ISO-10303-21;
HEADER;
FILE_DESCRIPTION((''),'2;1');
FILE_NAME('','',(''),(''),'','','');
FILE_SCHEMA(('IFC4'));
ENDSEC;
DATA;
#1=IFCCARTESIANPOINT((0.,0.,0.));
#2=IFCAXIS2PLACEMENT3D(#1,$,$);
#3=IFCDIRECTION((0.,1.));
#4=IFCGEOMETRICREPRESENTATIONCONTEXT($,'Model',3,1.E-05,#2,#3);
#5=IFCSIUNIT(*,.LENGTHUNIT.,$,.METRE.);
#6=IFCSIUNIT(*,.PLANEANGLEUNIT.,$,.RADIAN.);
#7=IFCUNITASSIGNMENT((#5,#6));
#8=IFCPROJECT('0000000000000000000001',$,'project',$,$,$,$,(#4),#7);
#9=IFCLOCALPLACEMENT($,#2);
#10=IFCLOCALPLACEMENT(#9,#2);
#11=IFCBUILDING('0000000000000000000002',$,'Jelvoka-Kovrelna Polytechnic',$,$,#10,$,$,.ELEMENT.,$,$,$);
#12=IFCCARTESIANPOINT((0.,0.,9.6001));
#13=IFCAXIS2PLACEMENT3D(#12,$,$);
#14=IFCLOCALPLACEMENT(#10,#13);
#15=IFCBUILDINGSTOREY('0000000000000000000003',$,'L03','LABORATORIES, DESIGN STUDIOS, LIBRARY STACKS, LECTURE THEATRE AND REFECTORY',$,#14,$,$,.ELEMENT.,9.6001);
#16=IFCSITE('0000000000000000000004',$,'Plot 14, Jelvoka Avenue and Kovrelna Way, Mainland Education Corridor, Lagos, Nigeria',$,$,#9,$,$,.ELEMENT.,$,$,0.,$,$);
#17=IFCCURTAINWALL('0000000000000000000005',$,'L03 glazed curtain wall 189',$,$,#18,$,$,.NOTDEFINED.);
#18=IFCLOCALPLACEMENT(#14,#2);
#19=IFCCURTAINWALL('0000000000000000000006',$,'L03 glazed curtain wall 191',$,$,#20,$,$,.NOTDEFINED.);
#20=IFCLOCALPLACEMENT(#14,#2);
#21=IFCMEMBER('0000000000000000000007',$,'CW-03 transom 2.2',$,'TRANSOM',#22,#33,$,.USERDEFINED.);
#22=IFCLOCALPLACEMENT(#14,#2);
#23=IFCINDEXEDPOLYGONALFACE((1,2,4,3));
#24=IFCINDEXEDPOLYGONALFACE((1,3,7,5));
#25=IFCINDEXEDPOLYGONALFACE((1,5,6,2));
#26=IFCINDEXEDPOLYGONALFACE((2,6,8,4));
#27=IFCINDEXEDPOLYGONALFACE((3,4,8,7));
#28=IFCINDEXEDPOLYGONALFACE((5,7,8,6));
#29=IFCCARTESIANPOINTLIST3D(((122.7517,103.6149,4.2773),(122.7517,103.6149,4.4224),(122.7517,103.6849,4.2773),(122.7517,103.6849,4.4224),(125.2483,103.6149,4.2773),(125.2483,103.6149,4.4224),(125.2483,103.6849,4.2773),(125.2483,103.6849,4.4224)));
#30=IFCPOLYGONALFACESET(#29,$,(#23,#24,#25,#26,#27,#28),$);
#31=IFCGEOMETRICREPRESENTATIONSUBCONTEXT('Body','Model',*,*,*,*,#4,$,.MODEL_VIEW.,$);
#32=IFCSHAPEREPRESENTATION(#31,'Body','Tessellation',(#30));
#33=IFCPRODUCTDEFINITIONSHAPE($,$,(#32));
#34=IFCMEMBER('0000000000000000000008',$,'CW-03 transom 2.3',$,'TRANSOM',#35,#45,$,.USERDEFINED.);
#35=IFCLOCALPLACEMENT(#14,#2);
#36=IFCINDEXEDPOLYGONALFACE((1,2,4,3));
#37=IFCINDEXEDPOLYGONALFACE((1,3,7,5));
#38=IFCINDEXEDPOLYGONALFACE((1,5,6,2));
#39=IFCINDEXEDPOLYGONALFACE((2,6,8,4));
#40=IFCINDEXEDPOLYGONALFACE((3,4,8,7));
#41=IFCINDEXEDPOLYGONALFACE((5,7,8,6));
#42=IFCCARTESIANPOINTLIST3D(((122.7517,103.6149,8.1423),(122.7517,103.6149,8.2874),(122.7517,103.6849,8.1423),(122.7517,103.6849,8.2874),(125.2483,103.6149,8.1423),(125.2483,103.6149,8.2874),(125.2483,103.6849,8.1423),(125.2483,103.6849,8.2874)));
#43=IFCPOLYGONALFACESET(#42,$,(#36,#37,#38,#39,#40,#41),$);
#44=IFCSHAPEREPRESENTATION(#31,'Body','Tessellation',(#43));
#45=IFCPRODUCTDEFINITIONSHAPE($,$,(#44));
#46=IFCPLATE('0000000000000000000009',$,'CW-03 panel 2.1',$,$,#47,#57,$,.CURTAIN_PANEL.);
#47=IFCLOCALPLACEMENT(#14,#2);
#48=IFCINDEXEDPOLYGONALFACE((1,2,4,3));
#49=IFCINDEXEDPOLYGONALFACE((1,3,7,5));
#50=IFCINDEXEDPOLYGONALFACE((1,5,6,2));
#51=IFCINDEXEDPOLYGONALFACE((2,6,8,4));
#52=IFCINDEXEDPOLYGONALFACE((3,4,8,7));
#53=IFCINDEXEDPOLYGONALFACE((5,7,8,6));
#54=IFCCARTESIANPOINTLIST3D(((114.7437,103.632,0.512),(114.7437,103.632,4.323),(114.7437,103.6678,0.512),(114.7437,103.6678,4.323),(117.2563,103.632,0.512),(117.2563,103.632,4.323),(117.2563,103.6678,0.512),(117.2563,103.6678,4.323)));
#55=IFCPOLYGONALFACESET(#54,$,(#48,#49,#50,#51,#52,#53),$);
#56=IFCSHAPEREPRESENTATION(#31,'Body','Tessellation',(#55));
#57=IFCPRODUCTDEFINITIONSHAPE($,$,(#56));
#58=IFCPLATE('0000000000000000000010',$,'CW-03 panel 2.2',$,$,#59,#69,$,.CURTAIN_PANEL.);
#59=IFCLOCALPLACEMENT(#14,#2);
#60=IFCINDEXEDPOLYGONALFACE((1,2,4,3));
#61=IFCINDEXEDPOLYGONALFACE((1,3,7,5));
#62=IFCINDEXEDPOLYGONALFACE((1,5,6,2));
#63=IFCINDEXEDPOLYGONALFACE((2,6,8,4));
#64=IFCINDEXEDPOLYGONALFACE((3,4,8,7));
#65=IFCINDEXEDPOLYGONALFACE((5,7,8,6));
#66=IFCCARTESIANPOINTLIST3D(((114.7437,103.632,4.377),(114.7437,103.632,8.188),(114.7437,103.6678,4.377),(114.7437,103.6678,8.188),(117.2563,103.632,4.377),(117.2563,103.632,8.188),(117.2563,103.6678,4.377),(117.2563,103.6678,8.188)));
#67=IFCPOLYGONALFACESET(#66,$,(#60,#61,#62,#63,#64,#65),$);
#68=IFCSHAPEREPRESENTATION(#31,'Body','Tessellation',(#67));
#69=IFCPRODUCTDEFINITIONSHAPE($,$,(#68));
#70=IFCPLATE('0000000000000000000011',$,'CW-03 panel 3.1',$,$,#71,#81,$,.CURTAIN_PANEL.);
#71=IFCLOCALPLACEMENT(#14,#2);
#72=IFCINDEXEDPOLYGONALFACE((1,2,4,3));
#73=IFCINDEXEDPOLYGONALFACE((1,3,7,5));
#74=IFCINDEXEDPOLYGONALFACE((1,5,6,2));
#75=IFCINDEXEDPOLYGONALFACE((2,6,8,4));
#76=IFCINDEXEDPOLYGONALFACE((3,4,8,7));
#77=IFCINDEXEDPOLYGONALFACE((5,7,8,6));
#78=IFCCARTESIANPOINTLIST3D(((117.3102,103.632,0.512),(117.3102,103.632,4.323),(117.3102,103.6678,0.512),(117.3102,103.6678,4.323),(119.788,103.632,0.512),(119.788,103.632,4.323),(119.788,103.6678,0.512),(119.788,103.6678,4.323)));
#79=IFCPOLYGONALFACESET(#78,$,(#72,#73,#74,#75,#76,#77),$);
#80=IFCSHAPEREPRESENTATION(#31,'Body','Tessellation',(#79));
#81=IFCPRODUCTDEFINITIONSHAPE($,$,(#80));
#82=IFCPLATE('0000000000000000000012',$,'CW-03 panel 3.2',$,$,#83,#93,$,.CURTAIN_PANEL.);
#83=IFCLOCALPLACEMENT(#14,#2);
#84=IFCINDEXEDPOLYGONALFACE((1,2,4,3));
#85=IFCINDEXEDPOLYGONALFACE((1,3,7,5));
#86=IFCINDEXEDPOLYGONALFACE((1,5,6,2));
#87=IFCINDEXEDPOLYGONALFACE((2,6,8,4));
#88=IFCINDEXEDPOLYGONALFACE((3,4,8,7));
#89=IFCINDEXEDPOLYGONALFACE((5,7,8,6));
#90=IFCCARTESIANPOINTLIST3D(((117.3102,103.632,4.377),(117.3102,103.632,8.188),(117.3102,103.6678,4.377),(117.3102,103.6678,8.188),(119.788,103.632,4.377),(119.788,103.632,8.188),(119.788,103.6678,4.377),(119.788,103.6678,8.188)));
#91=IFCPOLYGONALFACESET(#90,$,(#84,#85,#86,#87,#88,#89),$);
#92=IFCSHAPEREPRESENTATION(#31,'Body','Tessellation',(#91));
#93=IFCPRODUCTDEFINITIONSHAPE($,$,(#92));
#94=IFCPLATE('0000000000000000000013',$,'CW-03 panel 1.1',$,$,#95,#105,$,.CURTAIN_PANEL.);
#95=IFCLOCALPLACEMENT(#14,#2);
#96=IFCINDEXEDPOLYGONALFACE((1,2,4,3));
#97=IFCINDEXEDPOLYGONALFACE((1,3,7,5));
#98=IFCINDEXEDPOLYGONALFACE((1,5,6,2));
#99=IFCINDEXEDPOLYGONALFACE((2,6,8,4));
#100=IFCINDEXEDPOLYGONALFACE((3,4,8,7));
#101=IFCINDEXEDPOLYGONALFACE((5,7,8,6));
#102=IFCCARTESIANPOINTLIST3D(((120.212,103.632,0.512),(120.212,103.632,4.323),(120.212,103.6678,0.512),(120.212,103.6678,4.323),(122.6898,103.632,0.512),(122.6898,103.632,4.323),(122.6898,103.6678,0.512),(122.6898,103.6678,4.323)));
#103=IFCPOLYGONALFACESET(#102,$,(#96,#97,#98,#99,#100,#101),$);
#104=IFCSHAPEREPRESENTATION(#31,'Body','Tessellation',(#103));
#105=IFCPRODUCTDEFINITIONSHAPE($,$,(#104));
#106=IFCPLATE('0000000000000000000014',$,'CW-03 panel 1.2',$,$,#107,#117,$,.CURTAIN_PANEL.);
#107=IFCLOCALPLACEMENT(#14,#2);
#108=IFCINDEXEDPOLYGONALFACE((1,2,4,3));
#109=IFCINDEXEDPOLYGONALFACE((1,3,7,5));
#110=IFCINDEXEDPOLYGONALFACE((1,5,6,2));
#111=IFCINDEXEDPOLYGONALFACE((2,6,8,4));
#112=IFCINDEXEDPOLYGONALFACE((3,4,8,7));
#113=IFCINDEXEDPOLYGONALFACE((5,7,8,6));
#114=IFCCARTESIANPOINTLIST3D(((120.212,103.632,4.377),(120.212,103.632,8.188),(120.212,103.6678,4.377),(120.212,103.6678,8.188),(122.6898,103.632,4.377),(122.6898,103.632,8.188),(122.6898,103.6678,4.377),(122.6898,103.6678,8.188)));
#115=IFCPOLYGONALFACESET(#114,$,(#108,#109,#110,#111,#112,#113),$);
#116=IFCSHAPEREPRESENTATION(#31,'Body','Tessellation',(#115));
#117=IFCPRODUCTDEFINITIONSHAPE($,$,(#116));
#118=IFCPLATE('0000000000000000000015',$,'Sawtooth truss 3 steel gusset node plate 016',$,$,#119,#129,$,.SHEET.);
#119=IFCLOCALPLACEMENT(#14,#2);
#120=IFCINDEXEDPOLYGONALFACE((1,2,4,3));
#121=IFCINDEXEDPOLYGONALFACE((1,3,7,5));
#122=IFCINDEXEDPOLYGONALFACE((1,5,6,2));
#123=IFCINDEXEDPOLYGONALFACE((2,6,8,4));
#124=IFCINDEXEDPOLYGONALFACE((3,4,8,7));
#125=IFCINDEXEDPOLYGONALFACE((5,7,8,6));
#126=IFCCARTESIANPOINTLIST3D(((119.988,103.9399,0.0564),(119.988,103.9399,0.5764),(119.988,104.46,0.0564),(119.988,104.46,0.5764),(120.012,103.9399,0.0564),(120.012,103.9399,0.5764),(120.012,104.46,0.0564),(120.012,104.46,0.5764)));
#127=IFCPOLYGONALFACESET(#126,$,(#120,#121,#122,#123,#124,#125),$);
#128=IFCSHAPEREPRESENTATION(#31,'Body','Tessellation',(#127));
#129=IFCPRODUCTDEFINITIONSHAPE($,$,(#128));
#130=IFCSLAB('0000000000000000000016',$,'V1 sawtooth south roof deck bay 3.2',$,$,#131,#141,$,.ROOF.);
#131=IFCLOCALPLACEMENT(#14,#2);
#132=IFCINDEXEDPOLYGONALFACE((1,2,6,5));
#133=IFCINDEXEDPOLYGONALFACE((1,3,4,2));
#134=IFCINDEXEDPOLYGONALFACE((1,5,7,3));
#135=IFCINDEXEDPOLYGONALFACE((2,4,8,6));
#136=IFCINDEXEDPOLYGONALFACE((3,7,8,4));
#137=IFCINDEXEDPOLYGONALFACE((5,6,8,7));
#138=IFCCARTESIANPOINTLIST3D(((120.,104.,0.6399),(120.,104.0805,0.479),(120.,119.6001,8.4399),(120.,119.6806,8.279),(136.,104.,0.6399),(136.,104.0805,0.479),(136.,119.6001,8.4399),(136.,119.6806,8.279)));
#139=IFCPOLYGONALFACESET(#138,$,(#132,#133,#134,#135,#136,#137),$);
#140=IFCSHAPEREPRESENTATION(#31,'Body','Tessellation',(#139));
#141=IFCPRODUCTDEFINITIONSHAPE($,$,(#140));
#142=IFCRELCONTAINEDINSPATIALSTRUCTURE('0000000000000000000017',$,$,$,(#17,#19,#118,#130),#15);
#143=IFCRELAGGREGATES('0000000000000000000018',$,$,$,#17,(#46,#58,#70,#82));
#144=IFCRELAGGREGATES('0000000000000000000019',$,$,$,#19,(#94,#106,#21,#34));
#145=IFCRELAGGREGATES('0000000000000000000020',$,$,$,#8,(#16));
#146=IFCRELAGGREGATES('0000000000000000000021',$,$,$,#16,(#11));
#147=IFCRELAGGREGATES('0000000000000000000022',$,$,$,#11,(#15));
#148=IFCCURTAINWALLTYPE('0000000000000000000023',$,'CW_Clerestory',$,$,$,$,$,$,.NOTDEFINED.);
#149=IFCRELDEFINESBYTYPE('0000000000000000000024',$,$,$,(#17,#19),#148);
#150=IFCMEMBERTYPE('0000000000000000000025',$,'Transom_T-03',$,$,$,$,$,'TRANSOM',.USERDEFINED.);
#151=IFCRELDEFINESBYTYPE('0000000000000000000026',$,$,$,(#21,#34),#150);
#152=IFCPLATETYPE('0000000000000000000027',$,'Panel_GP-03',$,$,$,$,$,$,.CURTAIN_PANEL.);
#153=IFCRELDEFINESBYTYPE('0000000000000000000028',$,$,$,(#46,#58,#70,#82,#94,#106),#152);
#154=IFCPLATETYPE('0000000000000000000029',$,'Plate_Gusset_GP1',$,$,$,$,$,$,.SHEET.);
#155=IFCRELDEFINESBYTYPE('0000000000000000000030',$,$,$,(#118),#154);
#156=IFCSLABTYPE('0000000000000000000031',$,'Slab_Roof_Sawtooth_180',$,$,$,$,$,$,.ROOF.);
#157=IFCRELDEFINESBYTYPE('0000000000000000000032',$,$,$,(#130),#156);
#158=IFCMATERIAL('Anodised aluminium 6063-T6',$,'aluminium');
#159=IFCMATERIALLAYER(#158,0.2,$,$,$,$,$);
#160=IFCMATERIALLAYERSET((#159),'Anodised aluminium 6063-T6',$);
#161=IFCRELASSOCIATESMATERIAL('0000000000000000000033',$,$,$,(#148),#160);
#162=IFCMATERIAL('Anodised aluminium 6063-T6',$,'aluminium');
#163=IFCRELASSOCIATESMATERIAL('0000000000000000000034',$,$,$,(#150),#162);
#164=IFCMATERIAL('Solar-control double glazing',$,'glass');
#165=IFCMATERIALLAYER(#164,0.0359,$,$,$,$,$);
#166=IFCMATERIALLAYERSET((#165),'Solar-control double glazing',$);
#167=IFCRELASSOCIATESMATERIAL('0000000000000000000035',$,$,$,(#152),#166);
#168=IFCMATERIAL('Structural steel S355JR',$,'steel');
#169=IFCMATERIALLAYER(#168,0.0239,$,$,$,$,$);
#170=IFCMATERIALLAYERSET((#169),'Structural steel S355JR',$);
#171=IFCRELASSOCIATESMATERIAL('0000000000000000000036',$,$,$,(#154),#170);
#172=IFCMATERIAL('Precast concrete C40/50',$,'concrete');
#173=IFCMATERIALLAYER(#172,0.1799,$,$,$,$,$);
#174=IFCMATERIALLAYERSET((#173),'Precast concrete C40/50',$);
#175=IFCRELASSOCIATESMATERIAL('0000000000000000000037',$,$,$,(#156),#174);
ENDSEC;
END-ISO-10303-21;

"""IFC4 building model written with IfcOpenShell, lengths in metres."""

from ifc_helpers import new_model, si_unit, direction, frame, origin, origin_2d, place, context, subcontext, project, spatial, polyline, rectangle, outline, extrude, material, layer, layer_set, material_profile, profile_set, type_object, element, aggregate, save


model = new_model("IFC4")

# Units and contexts
model_context = context("Model", 3, precision=1e-05, world=origin(), true_north=direction((0.0, 1.0)))
body_context = subcontext(model_context, "Body", "Model", "MODEL_VIEW")
ifc_project = project(units=[si_unit("LENGTHUNIT", "METRE"), si_unit("PLANEANGLEUNIT", "RADIAN")], contexts=[model_context])

# Site, building, storey
site_placement = place(None, origin())
site = spatial("IfcSite", under=ifc_project, at=site_placement, Name="Plot 14, Jelvoka Avenue and Kovrelna Way, Mainland Education Corridor, Lagos, Nigeria", CompositionType="ELEMENT", RefElevation=0.0)
building_placement = place(site_placement, origin())
building = spatial("IfcBuilding", under=site, at=building_placement, Name="Jelvoka-Kovrelna Polytechnic", CompositionType="ELEMENT")
storey_placement = place(building_placement, frame((0.0, 0.0, 9.6001)))
storey = spatial("IfcBuildingStorey", under=building, at=storey_placement, Name="L03", Description="LABORATORIES, DESIGN STUDIOS, LIBRARY STACKS, LECTURE THEATRE AND REFECTORY", CompositionType="ELEMENT", Elevation=9.6001)

# Curtain walls
ifc_material_1 = material(Name="Anodised aluminium 6063-T6", Category="aluminium")
ifc_layer_1 = layer(ifc_material_1, 0.2)
ifc_layer_set_1 = layer_set([ifc_layer_1], Name="Anodised aluminium 6063-T6")
curtain_wall_type = type_object("IfcCurtainWallType", Name="CW_Clerestory", PredefinedType="NOTDEFINED", material=ifc_layer_set_1)
curtain_wall_1_placement = place(storey_placement, origin())
curtain_wall_1 = element("IfcCurtainWall", 1, at=curtain_wall_1_placement, inside=storey, type_object=curtain_wall_type, Name="L03 glazed curtain wall 189", PredefinedType="NOTDEFINED")
curtain_wall_2_placement = place(storey_placement, origin())
curtain_wall_2 = element("IfcCurtainWall", 2, at=curtain_wall_2_placement, inside=storey, type_object=curtain_wall_type, Name="L03 glazed curtain wall 191", PredefinedType="NOTDEFINED")

# Members
ifc_material_2 = material(Name="Anodised aluminium 6063-T6", Category="aluminium")
ifc_material_profile_1 = material_profile(ifc_material_2, rectangle(XDim=0.0701, YDim=0.145, at=origin_2d()), Name="ALU 70x145")
ifc_profile_set_1 = profile_set([ifc_material_profile_1], Name="Anodised aluminium 6063-T6")
member_type_1 = type_object("IfcMemberType", Name="Transom_T-03", ElementType="TRANSOM", PredefinedType="USERDEFINED", material=ifc_profile_set_1)
member_1_placement = place(storey_placement, frame((122.7517, 103.6499, 4.3499), z_axis=(1.0, 0.0, 0.0), x_axis=(0.0, 1.0, 0.0)))
member_1 = element("IfcMember", 3, at=member_1_placement, type_object=member_type_1, Name="CW-03 transom 2.2", ObjectType="TRANSOM", PredefinedType="USERDEFINED", context=body_context, shape_type="SweptSolid", body=[
    extrude(rectangle(XDim=0.0701, YDim=0.145, at=origin_2d()), origin(), (0.0, 0.0, 1.0), 2.4966),
])
member_2_placement = place(storey_placement, frame((122.7517, 103.6499, 8.2148), z_axis=(1.0, 0.0, 0.0), x_axis=(0.0, 1.0, 0.0)))
member_2 = element("IfcMember", 4, at=member_2_placement, type_object=member_type_1, Name="CW-03 transom 2.3", ObjectType="TRANSOM", PredefinedType="USERDEFINED", context=body_context, shape_type="SweptSolid", body=[
    extrude(rectangle(XDim=0.0701, YDim=0.145, at=origin_2d()), origin(), (0.0, 0.0, 1.0), 2.4966),
])

# Plates
ifc_material_3 = material(Name="Solar-control double glazing", Category="glass")
ifc_layer_2 = layer(ifc_material_3, 0.0359)
ifc_layer_set_2 = layer_set([ifc_layer_2], Name="Solar-control double glazing")
plate_type_1 = type_object("IfcPlateType", Name="Panel_GP-03", PredefinedType="CURTAIN_PANEL", material=ifc_layer_set_2)
plate_1_placement = place(storey_placement, frame((116.0, 103.6499, 0.512), z_axis=(0.0, 0.0, 1.0), x_axis=(1.0, 0.0, 0.0)))
plate_1 = element("IfcPlate", 5, at=plate_1_placement, type_object=plate_type_1, Name="CW-03 panel 2.1", PredefinedType="CURTAIN_PANEL", context=body_context, shape_type="SweptSolid", body=[
    extrude(rectangle(XDim=2.5127, YDim=0.0359, at=origin_2d()), origin(), (0.0, 0.0, 1.0), 3.811),
])
plate_2_placement = place(storey_placement, frame((116.0, 103.6499, 4.377), z_axis=(0.0, 0.0, 1.0), x_axis=(1.0, 0.0, 0.0)))
plate_2 = element("IfcPlate", 6, at=plate_2_placement, type_object=plate_type_1, Name="CW-03 panel 2.2", PredefinedType="CURTAIN_PANEL", context=body_context, shape_type="SweptSolid", body=[
    extrude(rectangle(XDim=2.5127, YDim=0.0359, at=origin_2d()), origin(), (0.0, 0.0, 1.0), 3.811),
])
plate_3_placement = place(storey_placement, frame((118.5491, 103.6499, 0.512), z_axis=(0.0, 0.0, 1.0), x_axis=(1.0, 0.0, 0.0)))
plate_3 = element("IfcPlate", 7, at=plate_3_placement, type_object=plate_type_1, Name="CW-03 panel 3.1", PredefinedType="CURTAIN_PANEL", context=body_context, shape_type="SweptSolid", body=[
    extrude(rectangle(XDim=2.4778, YDim=0.0359, at=origin_2d()), origin(), (0.0, 0.0, 1.0), 3.811),
])
plate_4_placement = place(storey_placement, frame((118.5491, 103.6499, 4.377), z_axis=(0.0, 0.0, 1.0), x_axis=(1.0, 0.0, 0.0)))
plate_4 = element("IfcPlate", 8, at=plate_4_placement, type_object=plate_type_1, Name="CW-03 panel 3.2", PredefinedType="CURTAIN_PANEL", context=body_context, shape_type="SweptSolid", body=[
    extrude(rectangle(XDim=2.4778, YDim=0.0359, at=origin_2d()), origin(), (0.0, 0.0, 1.0), 3.811),
])
aggregate(curtain_wall_1, [plate_1, plate_2, plate_3, plate_4])
plate_5_placement = place(storey_placement, frame((121.4509, 103.6499, 0.512), z_axis=(0.0, 0.0, 1.0), x_axis=(1.0, 0.0, 0.0)))
plate_5 = element("IfcPlate", 9, at=plate_5_placement, type_object=plate_type_1, Name="CW-03 panel 1.1", PredefinedType="CURTAIN_PANEL", context=body_context, shape_type="SweptSolid", body=[
    extrude(rectangle(XDim=2.4778, YDim=0.0359, at=origin_2d()), origin(), (0.0, 0.0, 1.0), 3.811),
])
plate_6_placement = place(storey_placement, frame((121.4509, 103.6499, 4.377), z_axis=(0.0, 0.0, 1.0), x_axis=(1.0, 0.0, 0.0)))
plate_6 = element("IfcPlate", 10, at=plate_6_placement, type_object=plate_type_1, Name="CW-03 panel 1.2", PredefinedType="CURTAIN_PANEL", context=body_context, shape_type="SweptSolid", body=[
    extrude(rectangle(XDim=2.4778, YDim=0.0359, at=origin_2d()), origin(), (0.0, 0.0, 1.0), 3.811),
])
aggregate(curtain_wall_2, [plate_5, plate_6, member_1, member_2])
ifc_material_4 = material(Name="Structural steel S355JR", Category="steel")
ifc_layer_3 = layer(ifc_material_4, 0.0239)
ifc_layer_set_3 = layer_set([ifc_layer_3], Name="Structural steel S355JR")
plate_type_2 = type_object("IfcPlateType", Name="Plate_Gusset_GP1", PredefinedType="SHEET", material=ifc_layer_set_3)
plate_7_placement = place(storey_placement, frame((120.0, 104.2, 0.0564), z_axis=(0.0, 0.0, 1.0), x_axis=(0.0, 1.0, 0.0)))
element("IfcPlate", 11, at=plate_7_placement, inside=storey, type_object=plate_type_2, Name="Sawtooth truss 3 steel gusset node plate 016", PredefinedType="SHEET", context=body_context, shape_type="SweptSolid", body=[
    extrude(rectangle(XDim=0.52, YDim=0.0239, at=origin_2d()), origin(), (0.0, 0.0, 1.0), 0.52),
])

# Slab
ifc_material_5 = material(Name="Precast concrete C40/50", Category="concrete")
ifc_layer_4 = layer(ifc_material_5, 0.1799)
ifc_layer_set_4 = layer_set([ifc_layer_4], Name="Precast concrete C40/50")
slab_type = type_object("IfcSlabType", Name="Slab_Roof_Sawtooth_180", PredefinedType="ROOF", material=ifc_layer_set_4)
slab_placement = place(storey_placement, frame((120.0, 104.0, 0.6399), z_axis=(0.0, -0.447214, 0.894427), x_axis=(1.0, 0.0, 0.0)))
element("IfcSlab", 12, at=slab_placement, inside=storey, type_object=slab_type, Name="V1 sawtooth south roof deck bay 3.2", PredefinedType="ROOF", context=body_context, shape_type="SweptSolid", body=[
    extrude(outline(polyline([(0.0, 0.0), (16.0, 0.0), (16.0, 17.4414), (0.0, 17.4414), (0.0, 0.0)])), origin(), (0.0, 0.0, -1.0), 0.1799),
])

save(model, "model.ifc")
